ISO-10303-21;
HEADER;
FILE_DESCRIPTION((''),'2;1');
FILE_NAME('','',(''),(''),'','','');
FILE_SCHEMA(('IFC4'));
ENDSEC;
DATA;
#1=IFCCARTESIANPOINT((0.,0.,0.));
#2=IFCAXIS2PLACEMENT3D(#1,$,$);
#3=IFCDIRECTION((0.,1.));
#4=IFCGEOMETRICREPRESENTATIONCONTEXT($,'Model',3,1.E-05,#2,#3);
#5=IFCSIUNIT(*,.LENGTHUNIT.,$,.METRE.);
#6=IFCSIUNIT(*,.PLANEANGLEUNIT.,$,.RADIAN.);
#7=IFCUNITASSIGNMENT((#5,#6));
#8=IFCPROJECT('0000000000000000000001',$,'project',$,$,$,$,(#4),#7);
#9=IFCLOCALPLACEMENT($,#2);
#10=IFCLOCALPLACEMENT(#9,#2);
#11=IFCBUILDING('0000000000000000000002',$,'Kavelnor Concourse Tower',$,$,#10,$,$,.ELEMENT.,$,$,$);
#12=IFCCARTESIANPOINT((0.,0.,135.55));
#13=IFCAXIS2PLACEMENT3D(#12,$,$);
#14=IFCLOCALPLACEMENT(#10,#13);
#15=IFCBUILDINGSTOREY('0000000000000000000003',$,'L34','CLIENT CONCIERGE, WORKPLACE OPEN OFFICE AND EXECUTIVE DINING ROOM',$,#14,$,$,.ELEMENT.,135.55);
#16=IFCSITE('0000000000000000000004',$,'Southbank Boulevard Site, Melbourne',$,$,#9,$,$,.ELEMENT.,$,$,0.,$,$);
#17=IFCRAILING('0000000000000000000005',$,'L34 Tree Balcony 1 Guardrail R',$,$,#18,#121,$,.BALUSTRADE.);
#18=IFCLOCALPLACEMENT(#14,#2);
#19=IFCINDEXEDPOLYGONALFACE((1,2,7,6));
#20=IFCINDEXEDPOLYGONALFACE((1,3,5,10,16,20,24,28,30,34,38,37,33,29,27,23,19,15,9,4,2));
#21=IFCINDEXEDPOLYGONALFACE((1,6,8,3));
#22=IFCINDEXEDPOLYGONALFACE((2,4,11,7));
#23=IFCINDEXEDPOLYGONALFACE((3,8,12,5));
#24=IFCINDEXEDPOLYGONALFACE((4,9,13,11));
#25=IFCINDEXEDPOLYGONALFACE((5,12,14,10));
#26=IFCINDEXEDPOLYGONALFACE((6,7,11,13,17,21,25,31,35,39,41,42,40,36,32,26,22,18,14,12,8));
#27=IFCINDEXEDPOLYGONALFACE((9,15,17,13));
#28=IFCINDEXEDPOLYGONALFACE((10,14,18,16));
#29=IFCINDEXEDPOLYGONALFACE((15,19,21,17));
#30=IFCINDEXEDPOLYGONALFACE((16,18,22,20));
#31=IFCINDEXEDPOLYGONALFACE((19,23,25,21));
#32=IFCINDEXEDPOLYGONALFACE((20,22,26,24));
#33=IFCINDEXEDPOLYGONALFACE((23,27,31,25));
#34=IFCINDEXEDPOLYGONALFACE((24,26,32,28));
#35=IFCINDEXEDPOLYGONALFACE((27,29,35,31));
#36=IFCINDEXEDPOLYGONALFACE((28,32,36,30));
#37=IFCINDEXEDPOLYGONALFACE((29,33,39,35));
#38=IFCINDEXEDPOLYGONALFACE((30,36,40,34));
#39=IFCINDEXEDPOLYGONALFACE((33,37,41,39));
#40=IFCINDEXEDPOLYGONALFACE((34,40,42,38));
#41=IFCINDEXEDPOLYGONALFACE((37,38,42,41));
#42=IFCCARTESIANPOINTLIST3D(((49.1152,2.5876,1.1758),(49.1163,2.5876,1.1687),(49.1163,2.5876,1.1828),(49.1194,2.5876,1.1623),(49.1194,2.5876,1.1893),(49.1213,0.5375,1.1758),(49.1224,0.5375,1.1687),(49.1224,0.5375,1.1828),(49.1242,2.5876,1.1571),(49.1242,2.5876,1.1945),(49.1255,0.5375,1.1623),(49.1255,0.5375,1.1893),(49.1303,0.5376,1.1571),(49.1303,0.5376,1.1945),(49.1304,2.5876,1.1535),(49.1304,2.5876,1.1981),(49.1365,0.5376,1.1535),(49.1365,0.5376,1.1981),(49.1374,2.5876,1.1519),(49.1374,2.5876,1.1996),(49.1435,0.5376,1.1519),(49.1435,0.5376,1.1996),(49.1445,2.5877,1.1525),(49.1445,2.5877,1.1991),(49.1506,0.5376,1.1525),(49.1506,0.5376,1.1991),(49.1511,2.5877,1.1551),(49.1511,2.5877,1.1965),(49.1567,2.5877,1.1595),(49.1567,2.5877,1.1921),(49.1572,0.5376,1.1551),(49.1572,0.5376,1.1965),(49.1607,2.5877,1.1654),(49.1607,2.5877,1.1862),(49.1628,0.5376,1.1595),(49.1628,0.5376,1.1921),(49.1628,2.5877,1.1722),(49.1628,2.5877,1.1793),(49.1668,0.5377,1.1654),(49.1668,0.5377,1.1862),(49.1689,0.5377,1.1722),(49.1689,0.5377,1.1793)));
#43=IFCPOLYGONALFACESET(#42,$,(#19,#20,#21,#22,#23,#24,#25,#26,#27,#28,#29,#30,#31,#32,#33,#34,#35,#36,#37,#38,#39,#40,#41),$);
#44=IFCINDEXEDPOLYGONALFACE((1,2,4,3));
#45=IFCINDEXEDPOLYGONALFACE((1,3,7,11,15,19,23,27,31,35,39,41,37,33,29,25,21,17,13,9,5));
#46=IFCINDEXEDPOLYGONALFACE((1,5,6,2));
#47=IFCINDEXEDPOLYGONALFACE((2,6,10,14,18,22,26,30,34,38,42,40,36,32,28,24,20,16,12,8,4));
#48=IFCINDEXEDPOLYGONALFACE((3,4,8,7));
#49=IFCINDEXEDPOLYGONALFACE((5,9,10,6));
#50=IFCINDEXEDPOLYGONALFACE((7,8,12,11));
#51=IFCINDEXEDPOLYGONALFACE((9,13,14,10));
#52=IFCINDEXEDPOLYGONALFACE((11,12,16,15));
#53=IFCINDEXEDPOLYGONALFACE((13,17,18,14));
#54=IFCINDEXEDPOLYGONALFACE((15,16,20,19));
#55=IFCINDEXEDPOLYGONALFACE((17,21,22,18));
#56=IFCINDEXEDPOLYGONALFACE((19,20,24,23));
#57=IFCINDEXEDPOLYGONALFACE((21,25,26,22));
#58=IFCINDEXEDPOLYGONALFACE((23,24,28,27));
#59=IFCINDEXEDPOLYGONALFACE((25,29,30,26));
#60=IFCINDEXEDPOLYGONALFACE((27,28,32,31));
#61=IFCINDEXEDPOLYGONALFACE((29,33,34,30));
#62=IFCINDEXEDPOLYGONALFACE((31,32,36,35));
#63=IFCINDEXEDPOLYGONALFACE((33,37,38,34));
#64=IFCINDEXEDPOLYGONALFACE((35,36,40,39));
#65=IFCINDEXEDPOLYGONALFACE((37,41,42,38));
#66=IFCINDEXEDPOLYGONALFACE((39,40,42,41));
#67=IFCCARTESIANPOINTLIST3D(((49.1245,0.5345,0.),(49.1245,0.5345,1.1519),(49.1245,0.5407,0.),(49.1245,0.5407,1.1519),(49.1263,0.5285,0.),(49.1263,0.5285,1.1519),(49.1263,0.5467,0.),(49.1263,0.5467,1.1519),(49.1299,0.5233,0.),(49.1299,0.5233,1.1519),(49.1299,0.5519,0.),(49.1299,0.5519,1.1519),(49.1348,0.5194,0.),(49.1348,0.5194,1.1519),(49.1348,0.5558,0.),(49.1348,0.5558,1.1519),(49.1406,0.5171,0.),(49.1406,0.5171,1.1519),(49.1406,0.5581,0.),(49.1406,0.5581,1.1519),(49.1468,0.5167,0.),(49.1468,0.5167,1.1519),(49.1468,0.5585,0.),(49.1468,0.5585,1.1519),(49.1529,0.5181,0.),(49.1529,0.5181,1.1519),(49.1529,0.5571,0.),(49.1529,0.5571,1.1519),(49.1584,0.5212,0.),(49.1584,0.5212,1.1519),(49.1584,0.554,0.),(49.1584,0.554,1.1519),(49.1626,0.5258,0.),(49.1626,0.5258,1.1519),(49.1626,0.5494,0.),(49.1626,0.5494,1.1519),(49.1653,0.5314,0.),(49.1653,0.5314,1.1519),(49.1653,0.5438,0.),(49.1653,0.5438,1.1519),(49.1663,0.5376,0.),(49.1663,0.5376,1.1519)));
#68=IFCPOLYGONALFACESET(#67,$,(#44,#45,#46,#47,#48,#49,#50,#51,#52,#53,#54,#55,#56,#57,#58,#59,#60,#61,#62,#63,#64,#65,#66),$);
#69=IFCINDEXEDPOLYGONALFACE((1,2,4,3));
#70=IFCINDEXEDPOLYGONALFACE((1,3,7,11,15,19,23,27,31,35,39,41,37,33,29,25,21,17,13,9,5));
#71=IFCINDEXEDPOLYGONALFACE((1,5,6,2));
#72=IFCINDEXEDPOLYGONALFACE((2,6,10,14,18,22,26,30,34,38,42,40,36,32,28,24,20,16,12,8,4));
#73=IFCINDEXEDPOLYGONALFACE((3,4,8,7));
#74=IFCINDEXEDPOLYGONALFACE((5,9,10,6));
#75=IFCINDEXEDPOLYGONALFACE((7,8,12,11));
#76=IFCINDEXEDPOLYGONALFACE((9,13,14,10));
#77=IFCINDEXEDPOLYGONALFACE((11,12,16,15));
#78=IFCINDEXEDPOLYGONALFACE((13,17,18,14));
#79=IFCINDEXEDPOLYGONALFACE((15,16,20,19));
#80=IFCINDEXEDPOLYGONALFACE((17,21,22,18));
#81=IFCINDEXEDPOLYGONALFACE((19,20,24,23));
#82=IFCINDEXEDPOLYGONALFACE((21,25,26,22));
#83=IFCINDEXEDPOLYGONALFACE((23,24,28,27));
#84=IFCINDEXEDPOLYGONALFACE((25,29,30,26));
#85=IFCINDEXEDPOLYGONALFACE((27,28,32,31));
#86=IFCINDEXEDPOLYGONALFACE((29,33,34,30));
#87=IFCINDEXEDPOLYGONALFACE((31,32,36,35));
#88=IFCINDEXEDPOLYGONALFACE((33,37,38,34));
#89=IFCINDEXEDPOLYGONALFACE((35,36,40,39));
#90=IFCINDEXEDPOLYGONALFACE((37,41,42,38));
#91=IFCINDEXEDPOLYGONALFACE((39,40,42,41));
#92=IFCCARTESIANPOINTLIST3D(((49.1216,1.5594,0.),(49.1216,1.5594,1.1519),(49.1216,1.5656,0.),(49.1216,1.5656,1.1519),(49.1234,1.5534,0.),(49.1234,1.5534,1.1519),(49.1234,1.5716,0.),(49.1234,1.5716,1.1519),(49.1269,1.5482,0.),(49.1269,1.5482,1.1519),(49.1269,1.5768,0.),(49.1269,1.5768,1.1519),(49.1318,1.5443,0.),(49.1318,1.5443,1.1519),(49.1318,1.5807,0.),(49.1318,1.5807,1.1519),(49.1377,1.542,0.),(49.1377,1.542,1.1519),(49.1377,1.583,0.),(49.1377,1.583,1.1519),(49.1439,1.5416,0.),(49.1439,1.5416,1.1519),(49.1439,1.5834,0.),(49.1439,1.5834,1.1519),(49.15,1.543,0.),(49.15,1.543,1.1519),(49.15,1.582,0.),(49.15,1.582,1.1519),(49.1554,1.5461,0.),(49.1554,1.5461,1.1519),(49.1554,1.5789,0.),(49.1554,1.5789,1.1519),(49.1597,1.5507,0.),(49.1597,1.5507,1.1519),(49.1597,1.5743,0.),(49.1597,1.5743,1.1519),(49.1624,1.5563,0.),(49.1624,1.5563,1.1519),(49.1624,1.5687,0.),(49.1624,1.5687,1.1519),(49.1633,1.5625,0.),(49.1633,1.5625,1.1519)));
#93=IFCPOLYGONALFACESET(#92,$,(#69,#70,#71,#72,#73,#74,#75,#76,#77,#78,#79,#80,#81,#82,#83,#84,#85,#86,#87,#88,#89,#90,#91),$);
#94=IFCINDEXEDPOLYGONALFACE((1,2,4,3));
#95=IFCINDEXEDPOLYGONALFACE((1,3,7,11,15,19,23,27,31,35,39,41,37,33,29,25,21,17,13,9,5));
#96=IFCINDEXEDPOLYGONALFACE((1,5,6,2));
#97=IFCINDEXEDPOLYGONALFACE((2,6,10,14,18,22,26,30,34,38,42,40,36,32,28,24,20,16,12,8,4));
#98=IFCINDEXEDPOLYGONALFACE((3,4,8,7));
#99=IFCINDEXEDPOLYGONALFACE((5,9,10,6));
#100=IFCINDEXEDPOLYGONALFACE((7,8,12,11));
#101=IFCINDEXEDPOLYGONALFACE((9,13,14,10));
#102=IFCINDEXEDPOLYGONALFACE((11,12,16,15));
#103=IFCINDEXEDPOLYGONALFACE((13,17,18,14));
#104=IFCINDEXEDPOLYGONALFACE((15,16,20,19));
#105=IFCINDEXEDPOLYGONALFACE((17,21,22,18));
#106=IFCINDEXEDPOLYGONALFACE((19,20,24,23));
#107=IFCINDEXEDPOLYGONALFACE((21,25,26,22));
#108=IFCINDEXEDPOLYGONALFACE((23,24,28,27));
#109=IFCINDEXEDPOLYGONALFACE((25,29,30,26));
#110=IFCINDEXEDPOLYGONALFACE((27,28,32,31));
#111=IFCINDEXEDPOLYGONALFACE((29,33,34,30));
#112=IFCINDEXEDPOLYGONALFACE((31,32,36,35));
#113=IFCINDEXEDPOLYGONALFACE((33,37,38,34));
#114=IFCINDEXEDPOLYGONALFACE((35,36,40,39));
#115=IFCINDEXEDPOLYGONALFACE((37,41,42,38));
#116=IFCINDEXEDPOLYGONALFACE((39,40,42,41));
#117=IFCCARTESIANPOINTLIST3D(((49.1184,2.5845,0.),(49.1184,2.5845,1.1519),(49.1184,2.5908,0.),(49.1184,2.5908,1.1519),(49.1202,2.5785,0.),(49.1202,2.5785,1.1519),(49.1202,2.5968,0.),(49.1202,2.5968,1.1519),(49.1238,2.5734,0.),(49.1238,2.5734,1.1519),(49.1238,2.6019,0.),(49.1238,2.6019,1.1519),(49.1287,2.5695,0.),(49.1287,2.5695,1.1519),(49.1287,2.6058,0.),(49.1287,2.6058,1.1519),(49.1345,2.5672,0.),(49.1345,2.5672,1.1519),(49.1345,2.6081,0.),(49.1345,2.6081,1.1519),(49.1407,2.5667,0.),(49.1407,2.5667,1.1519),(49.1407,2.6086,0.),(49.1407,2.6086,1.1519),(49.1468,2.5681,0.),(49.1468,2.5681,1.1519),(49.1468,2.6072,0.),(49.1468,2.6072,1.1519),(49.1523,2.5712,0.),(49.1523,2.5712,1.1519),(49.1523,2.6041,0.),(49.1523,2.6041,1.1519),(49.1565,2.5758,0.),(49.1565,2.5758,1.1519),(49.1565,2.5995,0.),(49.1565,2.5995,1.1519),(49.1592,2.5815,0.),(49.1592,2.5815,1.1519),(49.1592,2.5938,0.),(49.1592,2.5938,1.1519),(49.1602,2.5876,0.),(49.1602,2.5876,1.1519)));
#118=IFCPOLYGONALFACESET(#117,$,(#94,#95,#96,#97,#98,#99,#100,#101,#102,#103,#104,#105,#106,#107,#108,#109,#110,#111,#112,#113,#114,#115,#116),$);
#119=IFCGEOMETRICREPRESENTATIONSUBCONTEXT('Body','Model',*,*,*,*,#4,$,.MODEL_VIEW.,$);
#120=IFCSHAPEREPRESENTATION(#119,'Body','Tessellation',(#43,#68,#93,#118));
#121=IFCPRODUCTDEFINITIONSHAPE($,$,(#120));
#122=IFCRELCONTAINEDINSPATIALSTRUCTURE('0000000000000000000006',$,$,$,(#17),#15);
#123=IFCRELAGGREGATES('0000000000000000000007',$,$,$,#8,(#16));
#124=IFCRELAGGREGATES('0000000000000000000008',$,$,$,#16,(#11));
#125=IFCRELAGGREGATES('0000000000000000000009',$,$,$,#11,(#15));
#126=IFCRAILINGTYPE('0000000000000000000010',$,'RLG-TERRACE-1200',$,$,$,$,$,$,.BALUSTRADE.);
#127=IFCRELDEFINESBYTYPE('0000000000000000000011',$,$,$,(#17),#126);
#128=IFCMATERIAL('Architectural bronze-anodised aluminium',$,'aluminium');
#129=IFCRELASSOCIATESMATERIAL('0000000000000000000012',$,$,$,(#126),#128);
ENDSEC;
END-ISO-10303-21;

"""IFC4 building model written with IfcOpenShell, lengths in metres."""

from ifc_helpers import new_model, si_unit, direction, frame, origin, origin_2d, place, context, subcontext, project, spatial, circle, extrude, material, type_object, element, save


model = new_model("IFC4")

# Units and contexts
model_context = context("Model", 3, precision=1e-05, world=origin(), true_north=direction((0.0, 1.0)))
body_context = subcontext(model_context, "Body", "Model", "MODEL_VIEW")
ifc_project = project(units=[si_unit("LENGTHUNIT", "METRE"), si_unit("PLANEANGLEUNIT", "RADIAN")], contexts=[model_context])

# Site, building, storey
site_placement = place(None, origin())
site = spatial("IfcSite", under=ifc_project, at=site_placement, Name="Southbank Boulevard Site, Melbourne", CompositionType="ELEMENT", RefElevation=0.0)
building_placement = place(site_placement, origin())
building = spatial("IfcBuilding", under=site, at=building_placement, Name="Kavelnor Concourse Tower", CompositionType="ELEMENT")
storey_placement = place(building_placement, frame((0.0, 0.0, 135.55)))
storey = spatial("IfcBuildingStorey", under=building, at=storey_placement, Name="L34", Description="CLIENT CONCIERGE, WORKPLACE OPEN OFFICE AND EXECUTIVE DINING ROOM", CompositionType="ELEMENT", Elevation=135.55)

# Railing
ifc_material_1 = material(Name="Architectural bronze-anodised aluminium", Category="aluminium")
railing_type = type_object("IfcRailingType", Name="RLG-TERRACE-1200", PredefinedType="BALUSTRADE", material=ifc_material_1)
railing_placement = place(storey_placement, frame((49.1453, 0.5376, 0.0)))
element("IfcRailing", 1, at=railing_placement, inside=storey, type_object=railing_type, Name="L34 Tree Balcony 1 Guardrail R", PredefinedType="BALUSTRADE", context=body_context, shape_type="SweptSolid", body=[
    extrude(circle(Radius=0.0239, at=origin_2d()), frame((0.0, 0.0, 1.1758), z_axis=(-0.002977, 0.999996, 0.0), x_axis=(-0.999996, -0.002977, 0.0)), (0.0, 0.0, 1.0), 2.05),
    extrude(circle(Radius=0.021, at=origin_2d()), origin(), (0.0, 0.0, 1.0), 1.1519),
    extrude(circle(Radius=0.021, at=origin_2d()), frame((-0.0029, 1.0249, 0.0)), (0.0, 0.0, 1.0), 1.1519),
    extrude(circle(Radius=0.021, at=origin_2d()), frame((-0.0061, 2.05, 0.0)), (0.0, 0.0, 1.0), 1.1519),
])

save(model, "model.ifc")
